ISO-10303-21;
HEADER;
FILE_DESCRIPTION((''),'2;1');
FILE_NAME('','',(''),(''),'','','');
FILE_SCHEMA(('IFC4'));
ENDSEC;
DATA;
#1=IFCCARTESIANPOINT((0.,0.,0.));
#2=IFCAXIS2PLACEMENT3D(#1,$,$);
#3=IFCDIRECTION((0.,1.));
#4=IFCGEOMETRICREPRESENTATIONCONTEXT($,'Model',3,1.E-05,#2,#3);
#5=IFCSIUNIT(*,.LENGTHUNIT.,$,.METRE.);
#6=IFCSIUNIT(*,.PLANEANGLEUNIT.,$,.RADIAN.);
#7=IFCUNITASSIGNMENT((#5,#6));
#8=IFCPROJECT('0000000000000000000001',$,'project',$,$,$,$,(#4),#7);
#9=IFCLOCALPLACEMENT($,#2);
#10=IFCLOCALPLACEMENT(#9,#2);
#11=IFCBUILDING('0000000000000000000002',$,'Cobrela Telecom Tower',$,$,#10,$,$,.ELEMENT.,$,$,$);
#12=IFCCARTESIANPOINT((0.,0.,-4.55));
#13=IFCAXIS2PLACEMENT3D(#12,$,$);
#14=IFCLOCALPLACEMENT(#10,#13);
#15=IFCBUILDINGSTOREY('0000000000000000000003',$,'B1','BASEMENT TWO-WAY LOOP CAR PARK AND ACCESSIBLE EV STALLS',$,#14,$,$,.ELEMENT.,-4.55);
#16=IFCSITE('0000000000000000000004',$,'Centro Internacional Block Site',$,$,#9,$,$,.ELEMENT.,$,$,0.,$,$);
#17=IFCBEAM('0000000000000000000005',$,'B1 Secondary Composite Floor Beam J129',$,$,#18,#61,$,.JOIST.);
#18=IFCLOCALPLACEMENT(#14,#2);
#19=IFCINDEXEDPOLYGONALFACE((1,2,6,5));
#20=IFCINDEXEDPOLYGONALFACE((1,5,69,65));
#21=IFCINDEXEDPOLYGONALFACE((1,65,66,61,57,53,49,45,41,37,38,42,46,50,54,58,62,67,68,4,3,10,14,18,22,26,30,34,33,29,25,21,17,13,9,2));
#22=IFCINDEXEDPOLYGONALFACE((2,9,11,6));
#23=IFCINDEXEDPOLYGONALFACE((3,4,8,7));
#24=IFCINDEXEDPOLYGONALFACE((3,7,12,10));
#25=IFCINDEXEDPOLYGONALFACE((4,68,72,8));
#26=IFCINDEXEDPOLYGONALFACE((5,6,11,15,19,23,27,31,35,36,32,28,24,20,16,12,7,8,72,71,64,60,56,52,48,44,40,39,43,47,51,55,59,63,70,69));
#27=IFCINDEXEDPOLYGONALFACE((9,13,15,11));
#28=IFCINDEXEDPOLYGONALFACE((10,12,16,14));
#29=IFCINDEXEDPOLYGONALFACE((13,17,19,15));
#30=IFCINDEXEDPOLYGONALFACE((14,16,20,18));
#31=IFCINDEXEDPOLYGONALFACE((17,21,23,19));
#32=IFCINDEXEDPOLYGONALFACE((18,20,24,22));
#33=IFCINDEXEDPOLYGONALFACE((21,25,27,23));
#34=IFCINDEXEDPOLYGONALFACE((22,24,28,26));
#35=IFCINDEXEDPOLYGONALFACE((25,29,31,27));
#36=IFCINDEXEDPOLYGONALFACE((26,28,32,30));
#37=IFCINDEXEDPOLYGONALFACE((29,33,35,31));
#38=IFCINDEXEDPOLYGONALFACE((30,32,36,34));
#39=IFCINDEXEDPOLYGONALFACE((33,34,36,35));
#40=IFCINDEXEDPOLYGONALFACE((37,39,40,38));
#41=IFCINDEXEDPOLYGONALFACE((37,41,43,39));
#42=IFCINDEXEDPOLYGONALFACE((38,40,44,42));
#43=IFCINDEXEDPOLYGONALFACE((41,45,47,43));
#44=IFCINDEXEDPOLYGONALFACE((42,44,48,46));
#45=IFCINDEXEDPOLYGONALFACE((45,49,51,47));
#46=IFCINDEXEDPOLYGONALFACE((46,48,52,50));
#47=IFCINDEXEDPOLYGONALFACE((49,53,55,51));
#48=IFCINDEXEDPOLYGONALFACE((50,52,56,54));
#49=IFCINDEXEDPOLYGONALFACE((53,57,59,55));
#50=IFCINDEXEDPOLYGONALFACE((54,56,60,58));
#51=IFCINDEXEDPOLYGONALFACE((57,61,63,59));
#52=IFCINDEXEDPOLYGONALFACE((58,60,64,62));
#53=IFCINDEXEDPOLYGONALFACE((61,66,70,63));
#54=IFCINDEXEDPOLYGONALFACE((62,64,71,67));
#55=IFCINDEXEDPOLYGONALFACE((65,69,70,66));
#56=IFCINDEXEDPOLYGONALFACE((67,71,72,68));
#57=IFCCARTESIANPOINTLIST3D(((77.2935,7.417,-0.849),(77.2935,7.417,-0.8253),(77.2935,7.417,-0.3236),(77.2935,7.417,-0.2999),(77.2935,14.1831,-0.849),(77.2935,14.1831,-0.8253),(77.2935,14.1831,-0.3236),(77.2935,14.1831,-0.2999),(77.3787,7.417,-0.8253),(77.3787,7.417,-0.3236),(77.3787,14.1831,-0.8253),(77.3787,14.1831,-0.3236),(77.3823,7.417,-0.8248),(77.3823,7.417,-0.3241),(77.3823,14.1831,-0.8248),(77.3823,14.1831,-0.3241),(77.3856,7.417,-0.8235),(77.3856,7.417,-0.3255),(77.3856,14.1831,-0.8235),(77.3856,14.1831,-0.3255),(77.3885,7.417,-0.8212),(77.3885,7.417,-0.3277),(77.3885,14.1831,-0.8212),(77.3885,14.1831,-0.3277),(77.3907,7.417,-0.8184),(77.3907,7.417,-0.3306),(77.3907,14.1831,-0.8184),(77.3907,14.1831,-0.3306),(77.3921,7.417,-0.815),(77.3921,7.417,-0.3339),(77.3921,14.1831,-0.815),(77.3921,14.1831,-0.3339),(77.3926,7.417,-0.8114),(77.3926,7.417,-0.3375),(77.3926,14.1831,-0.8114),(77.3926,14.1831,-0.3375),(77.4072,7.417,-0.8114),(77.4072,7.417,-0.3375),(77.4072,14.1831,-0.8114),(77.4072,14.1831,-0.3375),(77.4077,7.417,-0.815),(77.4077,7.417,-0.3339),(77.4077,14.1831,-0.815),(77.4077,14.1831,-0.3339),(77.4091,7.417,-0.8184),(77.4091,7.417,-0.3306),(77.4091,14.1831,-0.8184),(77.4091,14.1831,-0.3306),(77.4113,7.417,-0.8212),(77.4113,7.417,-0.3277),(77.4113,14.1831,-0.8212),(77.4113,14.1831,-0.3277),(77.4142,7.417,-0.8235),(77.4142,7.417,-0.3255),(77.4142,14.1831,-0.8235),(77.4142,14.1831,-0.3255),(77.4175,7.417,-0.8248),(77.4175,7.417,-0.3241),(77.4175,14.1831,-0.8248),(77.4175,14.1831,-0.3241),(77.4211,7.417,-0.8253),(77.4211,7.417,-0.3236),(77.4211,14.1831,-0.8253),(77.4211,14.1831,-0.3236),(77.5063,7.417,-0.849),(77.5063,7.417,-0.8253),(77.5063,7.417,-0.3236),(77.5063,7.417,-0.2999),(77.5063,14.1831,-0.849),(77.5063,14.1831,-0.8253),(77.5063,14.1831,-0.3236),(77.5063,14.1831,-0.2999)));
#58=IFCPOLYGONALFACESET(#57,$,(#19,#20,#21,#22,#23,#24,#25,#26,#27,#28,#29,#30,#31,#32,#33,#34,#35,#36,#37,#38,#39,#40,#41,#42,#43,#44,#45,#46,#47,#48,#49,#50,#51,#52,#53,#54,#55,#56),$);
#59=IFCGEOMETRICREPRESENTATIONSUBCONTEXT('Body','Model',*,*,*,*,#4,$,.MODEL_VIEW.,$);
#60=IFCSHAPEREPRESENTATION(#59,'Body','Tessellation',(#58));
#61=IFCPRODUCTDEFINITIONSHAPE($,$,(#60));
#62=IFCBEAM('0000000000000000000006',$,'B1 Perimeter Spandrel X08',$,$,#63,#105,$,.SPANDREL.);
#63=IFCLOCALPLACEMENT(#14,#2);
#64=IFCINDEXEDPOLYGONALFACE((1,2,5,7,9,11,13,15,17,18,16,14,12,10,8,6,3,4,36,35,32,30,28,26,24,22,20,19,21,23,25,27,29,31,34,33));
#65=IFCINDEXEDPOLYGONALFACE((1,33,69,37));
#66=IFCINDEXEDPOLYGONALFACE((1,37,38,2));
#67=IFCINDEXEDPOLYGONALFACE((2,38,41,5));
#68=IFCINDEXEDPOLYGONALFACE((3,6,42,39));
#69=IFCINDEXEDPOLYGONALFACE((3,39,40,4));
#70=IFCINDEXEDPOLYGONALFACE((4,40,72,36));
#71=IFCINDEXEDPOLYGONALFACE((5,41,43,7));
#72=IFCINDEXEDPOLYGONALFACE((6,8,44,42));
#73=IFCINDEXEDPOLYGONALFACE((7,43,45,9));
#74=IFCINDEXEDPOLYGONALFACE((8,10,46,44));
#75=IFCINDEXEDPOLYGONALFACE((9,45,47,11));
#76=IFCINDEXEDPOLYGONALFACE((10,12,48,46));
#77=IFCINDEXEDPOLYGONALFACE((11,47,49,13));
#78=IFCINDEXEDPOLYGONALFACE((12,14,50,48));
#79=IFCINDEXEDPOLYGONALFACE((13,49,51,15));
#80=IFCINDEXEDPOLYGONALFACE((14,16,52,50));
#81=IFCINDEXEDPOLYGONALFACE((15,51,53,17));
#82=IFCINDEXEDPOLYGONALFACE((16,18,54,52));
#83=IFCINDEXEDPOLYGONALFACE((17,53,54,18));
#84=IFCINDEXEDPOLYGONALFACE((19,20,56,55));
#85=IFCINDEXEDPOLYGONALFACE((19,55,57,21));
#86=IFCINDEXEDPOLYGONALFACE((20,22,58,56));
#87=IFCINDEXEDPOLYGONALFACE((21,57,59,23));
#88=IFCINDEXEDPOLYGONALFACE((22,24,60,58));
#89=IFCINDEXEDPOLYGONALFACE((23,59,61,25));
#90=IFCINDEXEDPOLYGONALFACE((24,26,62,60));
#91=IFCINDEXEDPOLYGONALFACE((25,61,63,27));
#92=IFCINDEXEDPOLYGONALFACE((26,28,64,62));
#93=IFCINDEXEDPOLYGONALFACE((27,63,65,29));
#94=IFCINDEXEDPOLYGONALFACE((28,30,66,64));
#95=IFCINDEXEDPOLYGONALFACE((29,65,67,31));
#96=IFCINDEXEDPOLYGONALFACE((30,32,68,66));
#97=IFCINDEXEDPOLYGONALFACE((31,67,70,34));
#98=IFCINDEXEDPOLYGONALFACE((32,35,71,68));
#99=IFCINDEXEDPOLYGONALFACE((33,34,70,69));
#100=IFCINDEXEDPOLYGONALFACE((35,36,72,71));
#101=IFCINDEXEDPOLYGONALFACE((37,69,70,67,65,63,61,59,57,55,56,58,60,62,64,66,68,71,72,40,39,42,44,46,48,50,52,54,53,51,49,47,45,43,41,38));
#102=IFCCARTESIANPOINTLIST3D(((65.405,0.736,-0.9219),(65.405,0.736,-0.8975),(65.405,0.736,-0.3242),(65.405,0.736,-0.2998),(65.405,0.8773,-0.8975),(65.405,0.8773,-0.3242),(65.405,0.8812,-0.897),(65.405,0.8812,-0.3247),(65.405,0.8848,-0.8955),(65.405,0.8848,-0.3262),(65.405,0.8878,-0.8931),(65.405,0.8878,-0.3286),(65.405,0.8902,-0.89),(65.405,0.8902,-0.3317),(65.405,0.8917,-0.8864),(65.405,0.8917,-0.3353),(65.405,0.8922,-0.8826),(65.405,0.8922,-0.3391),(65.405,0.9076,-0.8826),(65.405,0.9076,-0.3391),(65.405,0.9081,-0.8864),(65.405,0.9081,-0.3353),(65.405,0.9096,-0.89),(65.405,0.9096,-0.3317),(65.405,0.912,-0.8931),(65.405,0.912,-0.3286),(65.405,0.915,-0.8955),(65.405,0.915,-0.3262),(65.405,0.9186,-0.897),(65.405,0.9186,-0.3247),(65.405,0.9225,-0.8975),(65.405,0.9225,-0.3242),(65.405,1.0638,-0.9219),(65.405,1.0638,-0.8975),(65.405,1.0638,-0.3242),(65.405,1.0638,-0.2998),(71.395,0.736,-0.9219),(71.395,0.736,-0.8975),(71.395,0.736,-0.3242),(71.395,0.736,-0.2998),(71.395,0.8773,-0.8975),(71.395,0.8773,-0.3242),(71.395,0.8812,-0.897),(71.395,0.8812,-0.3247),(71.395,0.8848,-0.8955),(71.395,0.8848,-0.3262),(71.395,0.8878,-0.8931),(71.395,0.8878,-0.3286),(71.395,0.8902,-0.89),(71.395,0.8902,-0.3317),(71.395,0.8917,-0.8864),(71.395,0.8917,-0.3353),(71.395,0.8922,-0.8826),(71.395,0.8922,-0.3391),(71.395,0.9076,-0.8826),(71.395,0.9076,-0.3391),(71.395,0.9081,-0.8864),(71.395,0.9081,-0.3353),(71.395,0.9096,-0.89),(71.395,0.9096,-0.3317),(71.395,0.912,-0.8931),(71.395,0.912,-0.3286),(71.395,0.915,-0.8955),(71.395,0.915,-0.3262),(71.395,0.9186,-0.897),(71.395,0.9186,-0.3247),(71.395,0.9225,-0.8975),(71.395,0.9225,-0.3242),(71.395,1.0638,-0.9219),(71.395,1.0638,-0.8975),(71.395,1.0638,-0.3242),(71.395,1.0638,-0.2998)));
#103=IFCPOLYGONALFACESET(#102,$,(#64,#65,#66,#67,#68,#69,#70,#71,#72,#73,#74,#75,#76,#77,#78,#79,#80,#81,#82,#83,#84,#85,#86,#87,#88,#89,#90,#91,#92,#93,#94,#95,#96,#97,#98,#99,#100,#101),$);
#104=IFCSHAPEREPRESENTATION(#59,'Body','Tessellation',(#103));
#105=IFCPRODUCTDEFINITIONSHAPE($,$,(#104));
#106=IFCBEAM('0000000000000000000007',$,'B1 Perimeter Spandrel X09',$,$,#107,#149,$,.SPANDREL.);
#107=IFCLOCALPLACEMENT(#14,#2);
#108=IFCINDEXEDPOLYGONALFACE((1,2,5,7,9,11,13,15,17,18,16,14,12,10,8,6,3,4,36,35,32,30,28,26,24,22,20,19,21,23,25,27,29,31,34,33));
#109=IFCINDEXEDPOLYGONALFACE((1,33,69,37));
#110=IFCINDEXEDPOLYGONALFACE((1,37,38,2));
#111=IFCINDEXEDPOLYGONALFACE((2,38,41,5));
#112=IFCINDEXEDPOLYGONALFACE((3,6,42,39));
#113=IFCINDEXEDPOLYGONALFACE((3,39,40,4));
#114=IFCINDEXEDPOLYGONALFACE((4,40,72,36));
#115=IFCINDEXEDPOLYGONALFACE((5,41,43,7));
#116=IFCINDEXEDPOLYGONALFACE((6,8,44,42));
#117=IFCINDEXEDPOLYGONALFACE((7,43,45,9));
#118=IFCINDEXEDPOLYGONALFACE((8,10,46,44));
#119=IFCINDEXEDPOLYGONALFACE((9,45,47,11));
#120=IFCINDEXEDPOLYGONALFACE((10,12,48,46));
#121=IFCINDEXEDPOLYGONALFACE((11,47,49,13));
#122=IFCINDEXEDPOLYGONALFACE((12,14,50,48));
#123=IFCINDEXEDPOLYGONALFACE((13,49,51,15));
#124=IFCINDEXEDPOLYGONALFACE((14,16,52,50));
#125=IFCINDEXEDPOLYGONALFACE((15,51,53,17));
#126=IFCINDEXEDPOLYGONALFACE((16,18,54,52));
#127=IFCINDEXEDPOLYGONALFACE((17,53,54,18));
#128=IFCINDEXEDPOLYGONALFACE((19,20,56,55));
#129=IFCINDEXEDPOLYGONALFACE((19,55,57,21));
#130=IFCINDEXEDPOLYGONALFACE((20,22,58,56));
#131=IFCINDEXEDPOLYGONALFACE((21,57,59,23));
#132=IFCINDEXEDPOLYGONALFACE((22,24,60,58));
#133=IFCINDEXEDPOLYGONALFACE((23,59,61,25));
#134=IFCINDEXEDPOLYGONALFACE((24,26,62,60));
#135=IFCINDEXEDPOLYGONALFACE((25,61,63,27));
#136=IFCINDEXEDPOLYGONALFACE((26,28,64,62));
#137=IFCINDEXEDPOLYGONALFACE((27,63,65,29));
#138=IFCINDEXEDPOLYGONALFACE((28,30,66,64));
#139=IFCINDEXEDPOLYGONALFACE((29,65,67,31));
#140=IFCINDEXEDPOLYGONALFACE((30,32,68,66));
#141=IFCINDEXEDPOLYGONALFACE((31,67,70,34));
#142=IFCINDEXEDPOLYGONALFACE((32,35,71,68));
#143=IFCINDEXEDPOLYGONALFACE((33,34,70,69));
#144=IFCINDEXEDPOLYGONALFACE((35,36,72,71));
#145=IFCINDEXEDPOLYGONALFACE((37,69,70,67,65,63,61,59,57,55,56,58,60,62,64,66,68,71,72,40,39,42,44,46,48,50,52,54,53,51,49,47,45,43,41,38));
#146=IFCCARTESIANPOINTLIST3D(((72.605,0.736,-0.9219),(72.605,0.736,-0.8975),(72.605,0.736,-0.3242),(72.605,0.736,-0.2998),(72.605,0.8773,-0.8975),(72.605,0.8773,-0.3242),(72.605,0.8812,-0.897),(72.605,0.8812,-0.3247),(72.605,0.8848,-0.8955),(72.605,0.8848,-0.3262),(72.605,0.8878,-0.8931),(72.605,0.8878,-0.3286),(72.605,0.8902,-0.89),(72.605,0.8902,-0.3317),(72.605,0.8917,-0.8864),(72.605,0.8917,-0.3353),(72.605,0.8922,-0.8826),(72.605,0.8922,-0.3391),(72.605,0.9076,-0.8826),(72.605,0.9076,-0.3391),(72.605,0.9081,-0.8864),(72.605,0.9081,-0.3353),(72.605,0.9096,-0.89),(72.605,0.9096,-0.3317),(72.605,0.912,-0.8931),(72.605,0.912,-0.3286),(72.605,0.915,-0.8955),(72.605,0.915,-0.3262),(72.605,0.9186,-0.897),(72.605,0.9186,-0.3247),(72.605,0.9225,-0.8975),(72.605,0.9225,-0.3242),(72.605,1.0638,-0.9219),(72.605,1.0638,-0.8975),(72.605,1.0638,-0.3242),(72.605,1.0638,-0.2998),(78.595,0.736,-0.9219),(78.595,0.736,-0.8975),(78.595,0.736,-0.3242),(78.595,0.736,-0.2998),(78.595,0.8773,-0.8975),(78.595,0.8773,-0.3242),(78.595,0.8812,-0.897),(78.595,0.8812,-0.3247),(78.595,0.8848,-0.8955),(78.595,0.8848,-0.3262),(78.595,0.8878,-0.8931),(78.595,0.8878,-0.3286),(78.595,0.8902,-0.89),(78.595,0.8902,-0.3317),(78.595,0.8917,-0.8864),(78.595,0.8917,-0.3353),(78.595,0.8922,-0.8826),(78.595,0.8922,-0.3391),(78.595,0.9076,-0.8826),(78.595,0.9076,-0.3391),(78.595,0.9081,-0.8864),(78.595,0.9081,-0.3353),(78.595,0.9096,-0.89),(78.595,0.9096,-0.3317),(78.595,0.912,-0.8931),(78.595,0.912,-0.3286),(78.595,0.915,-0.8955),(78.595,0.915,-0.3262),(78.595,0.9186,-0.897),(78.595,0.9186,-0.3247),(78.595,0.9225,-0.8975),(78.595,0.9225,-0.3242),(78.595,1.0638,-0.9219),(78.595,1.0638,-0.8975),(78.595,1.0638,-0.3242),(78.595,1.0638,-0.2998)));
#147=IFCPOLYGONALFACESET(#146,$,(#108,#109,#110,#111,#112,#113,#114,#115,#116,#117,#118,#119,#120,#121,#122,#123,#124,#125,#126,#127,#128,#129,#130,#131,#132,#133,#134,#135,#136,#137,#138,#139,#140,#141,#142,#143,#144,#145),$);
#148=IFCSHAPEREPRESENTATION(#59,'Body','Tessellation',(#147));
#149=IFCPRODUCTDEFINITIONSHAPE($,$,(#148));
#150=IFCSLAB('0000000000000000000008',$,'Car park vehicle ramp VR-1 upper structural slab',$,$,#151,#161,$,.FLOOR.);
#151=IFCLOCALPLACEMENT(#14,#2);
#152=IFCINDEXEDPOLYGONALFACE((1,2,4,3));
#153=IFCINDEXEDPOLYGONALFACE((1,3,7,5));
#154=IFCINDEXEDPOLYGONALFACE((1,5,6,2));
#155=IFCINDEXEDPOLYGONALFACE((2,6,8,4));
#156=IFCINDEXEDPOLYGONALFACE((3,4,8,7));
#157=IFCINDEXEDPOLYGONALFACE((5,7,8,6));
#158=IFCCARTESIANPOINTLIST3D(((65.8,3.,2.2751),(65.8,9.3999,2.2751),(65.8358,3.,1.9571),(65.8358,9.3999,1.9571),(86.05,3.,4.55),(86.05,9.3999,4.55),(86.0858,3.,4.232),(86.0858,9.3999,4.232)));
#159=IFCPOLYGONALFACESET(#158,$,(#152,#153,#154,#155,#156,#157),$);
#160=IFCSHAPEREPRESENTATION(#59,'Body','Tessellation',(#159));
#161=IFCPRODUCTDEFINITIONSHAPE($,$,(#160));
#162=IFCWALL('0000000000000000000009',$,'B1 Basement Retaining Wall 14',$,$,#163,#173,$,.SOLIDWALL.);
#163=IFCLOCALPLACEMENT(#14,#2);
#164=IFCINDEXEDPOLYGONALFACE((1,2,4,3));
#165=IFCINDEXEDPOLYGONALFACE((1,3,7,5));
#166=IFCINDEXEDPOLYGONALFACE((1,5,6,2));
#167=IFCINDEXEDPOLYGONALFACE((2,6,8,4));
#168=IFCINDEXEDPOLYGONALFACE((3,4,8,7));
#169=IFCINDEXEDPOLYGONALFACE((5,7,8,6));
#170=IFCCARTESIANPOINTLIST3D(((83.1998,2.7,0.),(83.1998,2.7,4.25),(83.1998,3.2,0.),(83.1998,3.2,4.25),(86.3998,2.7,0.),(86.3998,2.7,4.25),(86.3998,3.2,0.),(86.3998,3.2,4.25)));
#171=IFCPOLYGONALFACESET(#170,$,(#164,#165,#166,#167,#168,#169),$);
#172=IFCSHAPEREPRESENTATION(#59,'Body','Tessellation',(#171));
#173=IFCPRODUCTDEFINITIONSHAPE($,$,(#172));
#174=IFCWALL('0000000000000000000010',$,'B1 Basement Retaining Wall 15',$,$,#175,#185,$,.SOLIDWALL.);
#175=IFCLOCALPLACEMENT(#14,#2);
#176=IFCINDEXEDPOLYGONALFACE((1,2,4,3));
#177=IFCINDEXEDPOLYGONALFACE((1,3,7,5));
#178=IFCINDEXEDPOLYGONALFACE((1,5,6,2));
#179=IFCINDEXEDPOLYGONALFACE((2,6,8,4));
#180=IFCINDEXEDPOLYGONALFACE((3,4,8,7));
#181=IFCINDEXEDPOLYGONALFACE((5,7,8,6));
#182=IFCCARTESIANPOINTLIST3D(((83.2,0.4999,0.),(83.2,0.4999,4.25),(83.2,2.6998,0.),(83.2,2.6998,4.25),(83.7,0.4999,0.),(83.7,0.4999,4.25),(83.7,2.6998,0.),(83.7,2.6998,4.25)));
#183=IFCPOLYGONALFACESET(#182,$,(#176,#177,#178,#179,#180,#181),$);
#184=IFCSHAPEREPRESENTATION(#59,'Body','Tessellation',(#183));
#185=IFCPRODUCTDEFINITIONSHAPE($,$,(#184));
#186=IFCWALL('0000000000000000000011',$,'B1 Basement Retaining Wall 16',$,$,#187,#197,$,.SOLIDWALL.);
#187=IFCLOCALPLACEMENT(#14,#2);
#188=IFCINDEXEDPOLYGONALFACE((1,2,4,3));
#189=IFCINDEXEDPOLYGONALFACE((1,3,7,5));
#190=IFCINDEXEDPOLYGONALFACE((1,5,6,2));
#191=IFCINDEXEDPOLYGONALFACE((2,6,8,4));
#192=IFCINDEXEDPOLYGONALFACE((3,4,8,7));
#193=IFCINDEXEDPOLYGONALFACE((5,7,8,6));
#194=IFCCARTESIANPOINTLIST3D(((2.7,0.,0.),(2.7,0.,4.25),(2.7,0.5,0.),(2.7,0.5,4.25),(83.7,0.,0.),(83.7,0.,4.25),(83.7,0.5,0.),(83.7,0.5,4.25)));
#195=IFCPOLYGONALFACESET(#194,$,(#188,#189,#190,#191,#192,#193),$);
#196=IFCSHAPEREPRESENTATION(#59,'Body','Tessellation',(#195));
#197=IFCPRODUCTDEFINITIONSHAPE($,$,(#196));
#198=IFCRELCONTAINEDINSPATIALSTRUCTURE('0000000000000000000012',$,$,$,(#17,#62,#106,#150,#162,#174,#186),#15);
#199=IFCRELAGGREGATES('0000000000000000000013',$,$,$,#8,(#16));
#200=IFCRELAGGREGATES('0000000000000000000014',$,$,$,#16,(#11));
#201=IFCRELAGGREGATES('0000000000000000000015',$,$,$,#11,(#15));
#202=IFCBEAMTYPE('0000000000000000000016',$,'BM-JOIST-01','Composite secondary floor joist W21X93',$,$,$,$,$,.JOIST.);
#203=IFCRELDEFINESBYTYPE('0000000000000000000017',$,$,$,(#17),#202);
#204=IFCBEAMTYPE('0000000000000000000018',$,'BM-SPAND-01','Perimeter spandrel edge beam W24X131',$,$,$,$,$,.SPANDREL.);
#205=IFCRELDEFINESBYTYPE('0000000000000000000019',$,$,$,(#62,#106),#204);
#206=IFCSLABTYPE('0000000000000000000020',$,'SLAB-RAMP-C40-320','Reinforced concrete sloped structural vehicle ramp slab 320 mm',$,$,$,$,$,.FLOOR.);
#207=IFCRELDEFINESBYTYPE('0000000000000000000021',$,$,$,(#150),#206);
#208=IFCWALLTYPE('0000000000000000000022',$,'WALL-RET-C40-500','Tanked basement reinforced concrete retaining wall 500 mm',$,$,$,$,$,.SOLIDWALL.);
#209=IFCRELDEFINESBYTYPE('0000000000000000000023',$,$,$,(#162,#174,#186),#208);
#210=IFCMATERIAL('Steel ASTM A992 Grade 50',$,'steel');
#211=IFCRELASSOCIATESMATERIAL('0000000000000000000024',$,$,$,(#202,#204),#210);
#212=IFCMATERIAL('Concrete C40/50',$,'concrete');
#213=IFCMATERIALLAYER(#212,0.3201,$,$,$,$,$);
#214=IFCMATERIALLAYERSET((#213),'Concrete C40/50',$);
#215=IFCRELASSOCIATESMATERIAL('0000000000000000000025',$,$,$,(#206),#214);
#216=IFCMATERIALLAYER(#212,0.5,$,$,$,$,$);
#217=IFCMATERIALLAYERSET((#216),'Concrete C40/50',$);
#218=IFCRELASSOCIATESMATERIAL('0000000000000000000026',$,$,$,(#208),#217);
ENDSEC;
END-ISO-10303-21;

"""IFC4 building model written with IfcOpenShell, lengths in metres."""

from ifc_helpers import new_model, si_unit, direction, frame, frame_2d, origin, origin_2d, place, context, subcontext, project, spatial, polyline, rectangle, i_section, outline, extrude, material, layer, layer_set, material_profile, profile_set, type_object, element, save


model = new_model("IFC4")

# Units and contexts
model_context = context("Model", 3, precision=1e-05, world=origin(), true_north=direction((0.0, 1.0)))
body_context = subcontext(model_context, "Body", "Model", "MODEL_VIEW")
ifc_project = project(units=[si_unit("LENGTHUNIT", "METRE"), si_unit("PLANEANGLEUNIT", "RADIAN")], contexts=[model_context])

# Site, building, storey
site_placement = place(None, origin())
site = spatial("IfcSite", under=ifc_project, at=site_placement, Name="Centro Internacional Block Site", CompositionType="ELEMENT", RefElevation=0.0)
building_placement = place(site_placement, origin())
building = spatial("IfcBuilding", under=site, at=building_placement, Name="Cobrela Telecom Tower", CompositionType="ELEMENT")
storey_placement = place(building_placement, frame((0.0, 0.0, -4.55)))
storey = spatial("IfcBuildingStorey", under=building, at=storey_placement, Name="B1", Description="BASEMENT TWO-WAY LOOP CAR PARK AND ACCESSIBLE EV STALLS", CompositionType="ELEMENT", Elevation=-4.55)

# Beams
ifc_material_1 = material(Name="Steel ASTM A992 Grade 50", Category="steel")
ifc_material_profile_1 = material_profile(ifc_material_1, i_section(OverallWidth=0.2129, OverallDepth=0.5491, WebThickness=0.0146, FlangeThickness=0.0237, FilletRadius=0.0139, at=origin_2d()), Name="W21X93")
ifc_profile_set_1 = profile_set([ifc_material_profile_1], Name="Steel ASTM A992 Grade 50")
beam_type_1 = type_object("IfcBeamType", Name="BM-JOIST-01", Description="Composite secondary floor joist W21X93", PredefinedType="JOIST", material=ifc_profile_set_1)
beam_1_placement = place(storey_placement, frame((77.3999, 7.417, -0.5745), z_axis=(0.0, 1.0, 0.0), x_axis=(-1.0, 0.0, 0.0)))
element("IfcBeam", 1, at=beam_1_placement, inside=storey, type_object=beam_type_1, Name="B1 Secondary Composite Floor Beam J129", PredefinedType="JOIST", context=body_context, shape_type="SweptSolid", body=[
    extrude(i_section(OverallWidth=0.2129, OverallDepth=0.5491, WebThickness=0.0146, FlangeThickness=0.0237, FilletRadius=0.0139, at=origin_2d()), origin(), (0.0, 0.0, 1.0), 6.7661),
])
ifc_material_profile_2 = material_profile(ifc_material_1, i_section(OverallWidth=0.3279, OverallDepth=0.6221, WebThickness=0.0154, FlangeThickness=0.0244, FilletRadius=0.0149, at=origin_2d()), Name="W24X131")
ifc_profile_set_2 = profile_set([ifc_material_profile_2], Name="Steel ASTM A992 Grade 50")
beam_type_2 = type_object("IfcBeamType", Name="BM-SPAND-01", Description="Perimeter spandrel edge beam W24X131", PredefinedType="SPANDREL", material=ifc_profile_set_2)
for number, where, z_axis, x_axis, name in (
    (2, (65.405, 0.8999, -0.6108), (1.0, 0.0, 0.0), (0.0, 1.0, 0.0), "B1 Perimeter Spandrel X08"),
    (3, (72.605, 0.8999, -0.6108), (1.0, 0.0, 0.0), (0.0, 1.0, 0.0), "B1 Perimeter Spandrel X09"),
):
    element("IfcBeam", number, at=place(storey_placement, frame(where, z_axis=z_axis, x_axis=x_axis)), inside=storey, type_object=beam_type_2, Name=name, PredefinedType="SPANDREL", context=body_context, shape_type="SweptSolid", body=[
        extrude(i_section(OverallWidth=0.3279, OverallDepth=0.6221, WebThickness=0.0154, FlangeThickness=0.0244, FilletRadius=0.0149, at=origin_2d()), origin(), (0.0, 0.0, 1.0), 5.99),
    ])

# Slab
ifc_material_2 = material(Name="Concrete C40/50", Category="concrete")
ifc_layer_1 = layer(ifc_material_2, 0.3201)
ifc_layer_set_1 = layer_set([ifc_layer_1], Name="Concrete C40/50")
slab_type = type_object("IfcSlabType", Name="SLAB-RAMP-C40-320", Description="Reinforced concrete sloped structural vehicle ramp slab 320 mm", PredefinedType="FLOOR", material=ifc_layer_set_1)
slab_placement = place(storey_placement, frame((65.8, 3.0, 2.2751), z_axis=(-0.111639, 0.0, 0.993749), x_axis=(0.993749, 0.0, 0.111639)))
element("IfcSlab", 4, at=slab_placement, inside=storey, type_object=slab_type, Name="Car park vehicle ramp VR-1 upper structural slab", PredefinedType="FLOOR", context=body_context, shape_type="SweptSolid", body=[
    extrude(outline(polyline([(0.0, 0.0), (20.3774, 0.0), (20.3774, 6.3999), (0.0, 6.3999), (0.0, 0.0)])), origin(), (0.0, 0.0, -1.0), 0.3201),
])

# Walls
ifc_layer_2 = layer(ifc_material_2, 0.5)
ifc_layer_set_2 = layer_set([ifc_layer_2], Name="Concrete C40/50")
wall_type = type_object("IfcWallType", Name="WALL-RET-C40-500", Description="Tanked basement reinforced concrete retaining wall 500 mm", PredefinedType="SOLIDWALL", material=ifc_layer_set_2)
wall_1_placement = place(storey_placement, frame((86.3999, 2.95, 0.0), z_axis=(0.0, 0.0, 1.0), x_axis=(-1.0, 0.0, 0.0)))
element("IfcWall", 5, at=wall_1_placement, inside=storey, type_object=wall_type, Name="B1 Basement Retaining Wall 14", PredefinedType="SOLIDWALL", context=body_context, shape_type="SweptSolid", body=[
    extrude(rectangle(XDim=3.2, YDim=0.5, at=frame_2d((1.6001, 0.0))), origin(), (0.0, 0.0, 1.0), 4.25),
])
wall_2_placement = place(storey_placement, frame((83.45, 2.7, 0.0), z_axis=(0.0, 0.0, 1.0), x_axis=(0.0, -1.0, 0.0)))
element("IfcWall", 6, at=wall_2_placement, inside=storey, type_object=wall_type, Name="B1 Basement Retaining Wall 15", PredefinedType="SOLIDWALL", context=body_context, shape_type="SweptSolid", body=[
    extrude(rectangle(XDim=2.2, YDim=0.5, at=frame_2d((1.1001, 0.0))), origin(), (0.0, 0.0, 1.0), 4.25),
])
wall_3_placement = place(storey_placement, frame((83.7, 0.25, 0.0), z_axis=(0.0, 0.0, 1.0), x_axis=(-1.0, 0.0, 0.0)))
element("IfcWall", 7, at=wall_3_placement, inside=storey, type_object=wall_type, Name="B1 Basement Retaining Wall 16", PredefinedType="SOLIDWALL", context=body_context, shape_type="SweptSolid", body=[
    extrude(rectangle(XDim=81.0, YDim=0.5, at=frame_2d((40.5, 0.0))), origin(), (0.0, 0.0, 1.0), 4.25),
])

save(model, "model.ifc")
